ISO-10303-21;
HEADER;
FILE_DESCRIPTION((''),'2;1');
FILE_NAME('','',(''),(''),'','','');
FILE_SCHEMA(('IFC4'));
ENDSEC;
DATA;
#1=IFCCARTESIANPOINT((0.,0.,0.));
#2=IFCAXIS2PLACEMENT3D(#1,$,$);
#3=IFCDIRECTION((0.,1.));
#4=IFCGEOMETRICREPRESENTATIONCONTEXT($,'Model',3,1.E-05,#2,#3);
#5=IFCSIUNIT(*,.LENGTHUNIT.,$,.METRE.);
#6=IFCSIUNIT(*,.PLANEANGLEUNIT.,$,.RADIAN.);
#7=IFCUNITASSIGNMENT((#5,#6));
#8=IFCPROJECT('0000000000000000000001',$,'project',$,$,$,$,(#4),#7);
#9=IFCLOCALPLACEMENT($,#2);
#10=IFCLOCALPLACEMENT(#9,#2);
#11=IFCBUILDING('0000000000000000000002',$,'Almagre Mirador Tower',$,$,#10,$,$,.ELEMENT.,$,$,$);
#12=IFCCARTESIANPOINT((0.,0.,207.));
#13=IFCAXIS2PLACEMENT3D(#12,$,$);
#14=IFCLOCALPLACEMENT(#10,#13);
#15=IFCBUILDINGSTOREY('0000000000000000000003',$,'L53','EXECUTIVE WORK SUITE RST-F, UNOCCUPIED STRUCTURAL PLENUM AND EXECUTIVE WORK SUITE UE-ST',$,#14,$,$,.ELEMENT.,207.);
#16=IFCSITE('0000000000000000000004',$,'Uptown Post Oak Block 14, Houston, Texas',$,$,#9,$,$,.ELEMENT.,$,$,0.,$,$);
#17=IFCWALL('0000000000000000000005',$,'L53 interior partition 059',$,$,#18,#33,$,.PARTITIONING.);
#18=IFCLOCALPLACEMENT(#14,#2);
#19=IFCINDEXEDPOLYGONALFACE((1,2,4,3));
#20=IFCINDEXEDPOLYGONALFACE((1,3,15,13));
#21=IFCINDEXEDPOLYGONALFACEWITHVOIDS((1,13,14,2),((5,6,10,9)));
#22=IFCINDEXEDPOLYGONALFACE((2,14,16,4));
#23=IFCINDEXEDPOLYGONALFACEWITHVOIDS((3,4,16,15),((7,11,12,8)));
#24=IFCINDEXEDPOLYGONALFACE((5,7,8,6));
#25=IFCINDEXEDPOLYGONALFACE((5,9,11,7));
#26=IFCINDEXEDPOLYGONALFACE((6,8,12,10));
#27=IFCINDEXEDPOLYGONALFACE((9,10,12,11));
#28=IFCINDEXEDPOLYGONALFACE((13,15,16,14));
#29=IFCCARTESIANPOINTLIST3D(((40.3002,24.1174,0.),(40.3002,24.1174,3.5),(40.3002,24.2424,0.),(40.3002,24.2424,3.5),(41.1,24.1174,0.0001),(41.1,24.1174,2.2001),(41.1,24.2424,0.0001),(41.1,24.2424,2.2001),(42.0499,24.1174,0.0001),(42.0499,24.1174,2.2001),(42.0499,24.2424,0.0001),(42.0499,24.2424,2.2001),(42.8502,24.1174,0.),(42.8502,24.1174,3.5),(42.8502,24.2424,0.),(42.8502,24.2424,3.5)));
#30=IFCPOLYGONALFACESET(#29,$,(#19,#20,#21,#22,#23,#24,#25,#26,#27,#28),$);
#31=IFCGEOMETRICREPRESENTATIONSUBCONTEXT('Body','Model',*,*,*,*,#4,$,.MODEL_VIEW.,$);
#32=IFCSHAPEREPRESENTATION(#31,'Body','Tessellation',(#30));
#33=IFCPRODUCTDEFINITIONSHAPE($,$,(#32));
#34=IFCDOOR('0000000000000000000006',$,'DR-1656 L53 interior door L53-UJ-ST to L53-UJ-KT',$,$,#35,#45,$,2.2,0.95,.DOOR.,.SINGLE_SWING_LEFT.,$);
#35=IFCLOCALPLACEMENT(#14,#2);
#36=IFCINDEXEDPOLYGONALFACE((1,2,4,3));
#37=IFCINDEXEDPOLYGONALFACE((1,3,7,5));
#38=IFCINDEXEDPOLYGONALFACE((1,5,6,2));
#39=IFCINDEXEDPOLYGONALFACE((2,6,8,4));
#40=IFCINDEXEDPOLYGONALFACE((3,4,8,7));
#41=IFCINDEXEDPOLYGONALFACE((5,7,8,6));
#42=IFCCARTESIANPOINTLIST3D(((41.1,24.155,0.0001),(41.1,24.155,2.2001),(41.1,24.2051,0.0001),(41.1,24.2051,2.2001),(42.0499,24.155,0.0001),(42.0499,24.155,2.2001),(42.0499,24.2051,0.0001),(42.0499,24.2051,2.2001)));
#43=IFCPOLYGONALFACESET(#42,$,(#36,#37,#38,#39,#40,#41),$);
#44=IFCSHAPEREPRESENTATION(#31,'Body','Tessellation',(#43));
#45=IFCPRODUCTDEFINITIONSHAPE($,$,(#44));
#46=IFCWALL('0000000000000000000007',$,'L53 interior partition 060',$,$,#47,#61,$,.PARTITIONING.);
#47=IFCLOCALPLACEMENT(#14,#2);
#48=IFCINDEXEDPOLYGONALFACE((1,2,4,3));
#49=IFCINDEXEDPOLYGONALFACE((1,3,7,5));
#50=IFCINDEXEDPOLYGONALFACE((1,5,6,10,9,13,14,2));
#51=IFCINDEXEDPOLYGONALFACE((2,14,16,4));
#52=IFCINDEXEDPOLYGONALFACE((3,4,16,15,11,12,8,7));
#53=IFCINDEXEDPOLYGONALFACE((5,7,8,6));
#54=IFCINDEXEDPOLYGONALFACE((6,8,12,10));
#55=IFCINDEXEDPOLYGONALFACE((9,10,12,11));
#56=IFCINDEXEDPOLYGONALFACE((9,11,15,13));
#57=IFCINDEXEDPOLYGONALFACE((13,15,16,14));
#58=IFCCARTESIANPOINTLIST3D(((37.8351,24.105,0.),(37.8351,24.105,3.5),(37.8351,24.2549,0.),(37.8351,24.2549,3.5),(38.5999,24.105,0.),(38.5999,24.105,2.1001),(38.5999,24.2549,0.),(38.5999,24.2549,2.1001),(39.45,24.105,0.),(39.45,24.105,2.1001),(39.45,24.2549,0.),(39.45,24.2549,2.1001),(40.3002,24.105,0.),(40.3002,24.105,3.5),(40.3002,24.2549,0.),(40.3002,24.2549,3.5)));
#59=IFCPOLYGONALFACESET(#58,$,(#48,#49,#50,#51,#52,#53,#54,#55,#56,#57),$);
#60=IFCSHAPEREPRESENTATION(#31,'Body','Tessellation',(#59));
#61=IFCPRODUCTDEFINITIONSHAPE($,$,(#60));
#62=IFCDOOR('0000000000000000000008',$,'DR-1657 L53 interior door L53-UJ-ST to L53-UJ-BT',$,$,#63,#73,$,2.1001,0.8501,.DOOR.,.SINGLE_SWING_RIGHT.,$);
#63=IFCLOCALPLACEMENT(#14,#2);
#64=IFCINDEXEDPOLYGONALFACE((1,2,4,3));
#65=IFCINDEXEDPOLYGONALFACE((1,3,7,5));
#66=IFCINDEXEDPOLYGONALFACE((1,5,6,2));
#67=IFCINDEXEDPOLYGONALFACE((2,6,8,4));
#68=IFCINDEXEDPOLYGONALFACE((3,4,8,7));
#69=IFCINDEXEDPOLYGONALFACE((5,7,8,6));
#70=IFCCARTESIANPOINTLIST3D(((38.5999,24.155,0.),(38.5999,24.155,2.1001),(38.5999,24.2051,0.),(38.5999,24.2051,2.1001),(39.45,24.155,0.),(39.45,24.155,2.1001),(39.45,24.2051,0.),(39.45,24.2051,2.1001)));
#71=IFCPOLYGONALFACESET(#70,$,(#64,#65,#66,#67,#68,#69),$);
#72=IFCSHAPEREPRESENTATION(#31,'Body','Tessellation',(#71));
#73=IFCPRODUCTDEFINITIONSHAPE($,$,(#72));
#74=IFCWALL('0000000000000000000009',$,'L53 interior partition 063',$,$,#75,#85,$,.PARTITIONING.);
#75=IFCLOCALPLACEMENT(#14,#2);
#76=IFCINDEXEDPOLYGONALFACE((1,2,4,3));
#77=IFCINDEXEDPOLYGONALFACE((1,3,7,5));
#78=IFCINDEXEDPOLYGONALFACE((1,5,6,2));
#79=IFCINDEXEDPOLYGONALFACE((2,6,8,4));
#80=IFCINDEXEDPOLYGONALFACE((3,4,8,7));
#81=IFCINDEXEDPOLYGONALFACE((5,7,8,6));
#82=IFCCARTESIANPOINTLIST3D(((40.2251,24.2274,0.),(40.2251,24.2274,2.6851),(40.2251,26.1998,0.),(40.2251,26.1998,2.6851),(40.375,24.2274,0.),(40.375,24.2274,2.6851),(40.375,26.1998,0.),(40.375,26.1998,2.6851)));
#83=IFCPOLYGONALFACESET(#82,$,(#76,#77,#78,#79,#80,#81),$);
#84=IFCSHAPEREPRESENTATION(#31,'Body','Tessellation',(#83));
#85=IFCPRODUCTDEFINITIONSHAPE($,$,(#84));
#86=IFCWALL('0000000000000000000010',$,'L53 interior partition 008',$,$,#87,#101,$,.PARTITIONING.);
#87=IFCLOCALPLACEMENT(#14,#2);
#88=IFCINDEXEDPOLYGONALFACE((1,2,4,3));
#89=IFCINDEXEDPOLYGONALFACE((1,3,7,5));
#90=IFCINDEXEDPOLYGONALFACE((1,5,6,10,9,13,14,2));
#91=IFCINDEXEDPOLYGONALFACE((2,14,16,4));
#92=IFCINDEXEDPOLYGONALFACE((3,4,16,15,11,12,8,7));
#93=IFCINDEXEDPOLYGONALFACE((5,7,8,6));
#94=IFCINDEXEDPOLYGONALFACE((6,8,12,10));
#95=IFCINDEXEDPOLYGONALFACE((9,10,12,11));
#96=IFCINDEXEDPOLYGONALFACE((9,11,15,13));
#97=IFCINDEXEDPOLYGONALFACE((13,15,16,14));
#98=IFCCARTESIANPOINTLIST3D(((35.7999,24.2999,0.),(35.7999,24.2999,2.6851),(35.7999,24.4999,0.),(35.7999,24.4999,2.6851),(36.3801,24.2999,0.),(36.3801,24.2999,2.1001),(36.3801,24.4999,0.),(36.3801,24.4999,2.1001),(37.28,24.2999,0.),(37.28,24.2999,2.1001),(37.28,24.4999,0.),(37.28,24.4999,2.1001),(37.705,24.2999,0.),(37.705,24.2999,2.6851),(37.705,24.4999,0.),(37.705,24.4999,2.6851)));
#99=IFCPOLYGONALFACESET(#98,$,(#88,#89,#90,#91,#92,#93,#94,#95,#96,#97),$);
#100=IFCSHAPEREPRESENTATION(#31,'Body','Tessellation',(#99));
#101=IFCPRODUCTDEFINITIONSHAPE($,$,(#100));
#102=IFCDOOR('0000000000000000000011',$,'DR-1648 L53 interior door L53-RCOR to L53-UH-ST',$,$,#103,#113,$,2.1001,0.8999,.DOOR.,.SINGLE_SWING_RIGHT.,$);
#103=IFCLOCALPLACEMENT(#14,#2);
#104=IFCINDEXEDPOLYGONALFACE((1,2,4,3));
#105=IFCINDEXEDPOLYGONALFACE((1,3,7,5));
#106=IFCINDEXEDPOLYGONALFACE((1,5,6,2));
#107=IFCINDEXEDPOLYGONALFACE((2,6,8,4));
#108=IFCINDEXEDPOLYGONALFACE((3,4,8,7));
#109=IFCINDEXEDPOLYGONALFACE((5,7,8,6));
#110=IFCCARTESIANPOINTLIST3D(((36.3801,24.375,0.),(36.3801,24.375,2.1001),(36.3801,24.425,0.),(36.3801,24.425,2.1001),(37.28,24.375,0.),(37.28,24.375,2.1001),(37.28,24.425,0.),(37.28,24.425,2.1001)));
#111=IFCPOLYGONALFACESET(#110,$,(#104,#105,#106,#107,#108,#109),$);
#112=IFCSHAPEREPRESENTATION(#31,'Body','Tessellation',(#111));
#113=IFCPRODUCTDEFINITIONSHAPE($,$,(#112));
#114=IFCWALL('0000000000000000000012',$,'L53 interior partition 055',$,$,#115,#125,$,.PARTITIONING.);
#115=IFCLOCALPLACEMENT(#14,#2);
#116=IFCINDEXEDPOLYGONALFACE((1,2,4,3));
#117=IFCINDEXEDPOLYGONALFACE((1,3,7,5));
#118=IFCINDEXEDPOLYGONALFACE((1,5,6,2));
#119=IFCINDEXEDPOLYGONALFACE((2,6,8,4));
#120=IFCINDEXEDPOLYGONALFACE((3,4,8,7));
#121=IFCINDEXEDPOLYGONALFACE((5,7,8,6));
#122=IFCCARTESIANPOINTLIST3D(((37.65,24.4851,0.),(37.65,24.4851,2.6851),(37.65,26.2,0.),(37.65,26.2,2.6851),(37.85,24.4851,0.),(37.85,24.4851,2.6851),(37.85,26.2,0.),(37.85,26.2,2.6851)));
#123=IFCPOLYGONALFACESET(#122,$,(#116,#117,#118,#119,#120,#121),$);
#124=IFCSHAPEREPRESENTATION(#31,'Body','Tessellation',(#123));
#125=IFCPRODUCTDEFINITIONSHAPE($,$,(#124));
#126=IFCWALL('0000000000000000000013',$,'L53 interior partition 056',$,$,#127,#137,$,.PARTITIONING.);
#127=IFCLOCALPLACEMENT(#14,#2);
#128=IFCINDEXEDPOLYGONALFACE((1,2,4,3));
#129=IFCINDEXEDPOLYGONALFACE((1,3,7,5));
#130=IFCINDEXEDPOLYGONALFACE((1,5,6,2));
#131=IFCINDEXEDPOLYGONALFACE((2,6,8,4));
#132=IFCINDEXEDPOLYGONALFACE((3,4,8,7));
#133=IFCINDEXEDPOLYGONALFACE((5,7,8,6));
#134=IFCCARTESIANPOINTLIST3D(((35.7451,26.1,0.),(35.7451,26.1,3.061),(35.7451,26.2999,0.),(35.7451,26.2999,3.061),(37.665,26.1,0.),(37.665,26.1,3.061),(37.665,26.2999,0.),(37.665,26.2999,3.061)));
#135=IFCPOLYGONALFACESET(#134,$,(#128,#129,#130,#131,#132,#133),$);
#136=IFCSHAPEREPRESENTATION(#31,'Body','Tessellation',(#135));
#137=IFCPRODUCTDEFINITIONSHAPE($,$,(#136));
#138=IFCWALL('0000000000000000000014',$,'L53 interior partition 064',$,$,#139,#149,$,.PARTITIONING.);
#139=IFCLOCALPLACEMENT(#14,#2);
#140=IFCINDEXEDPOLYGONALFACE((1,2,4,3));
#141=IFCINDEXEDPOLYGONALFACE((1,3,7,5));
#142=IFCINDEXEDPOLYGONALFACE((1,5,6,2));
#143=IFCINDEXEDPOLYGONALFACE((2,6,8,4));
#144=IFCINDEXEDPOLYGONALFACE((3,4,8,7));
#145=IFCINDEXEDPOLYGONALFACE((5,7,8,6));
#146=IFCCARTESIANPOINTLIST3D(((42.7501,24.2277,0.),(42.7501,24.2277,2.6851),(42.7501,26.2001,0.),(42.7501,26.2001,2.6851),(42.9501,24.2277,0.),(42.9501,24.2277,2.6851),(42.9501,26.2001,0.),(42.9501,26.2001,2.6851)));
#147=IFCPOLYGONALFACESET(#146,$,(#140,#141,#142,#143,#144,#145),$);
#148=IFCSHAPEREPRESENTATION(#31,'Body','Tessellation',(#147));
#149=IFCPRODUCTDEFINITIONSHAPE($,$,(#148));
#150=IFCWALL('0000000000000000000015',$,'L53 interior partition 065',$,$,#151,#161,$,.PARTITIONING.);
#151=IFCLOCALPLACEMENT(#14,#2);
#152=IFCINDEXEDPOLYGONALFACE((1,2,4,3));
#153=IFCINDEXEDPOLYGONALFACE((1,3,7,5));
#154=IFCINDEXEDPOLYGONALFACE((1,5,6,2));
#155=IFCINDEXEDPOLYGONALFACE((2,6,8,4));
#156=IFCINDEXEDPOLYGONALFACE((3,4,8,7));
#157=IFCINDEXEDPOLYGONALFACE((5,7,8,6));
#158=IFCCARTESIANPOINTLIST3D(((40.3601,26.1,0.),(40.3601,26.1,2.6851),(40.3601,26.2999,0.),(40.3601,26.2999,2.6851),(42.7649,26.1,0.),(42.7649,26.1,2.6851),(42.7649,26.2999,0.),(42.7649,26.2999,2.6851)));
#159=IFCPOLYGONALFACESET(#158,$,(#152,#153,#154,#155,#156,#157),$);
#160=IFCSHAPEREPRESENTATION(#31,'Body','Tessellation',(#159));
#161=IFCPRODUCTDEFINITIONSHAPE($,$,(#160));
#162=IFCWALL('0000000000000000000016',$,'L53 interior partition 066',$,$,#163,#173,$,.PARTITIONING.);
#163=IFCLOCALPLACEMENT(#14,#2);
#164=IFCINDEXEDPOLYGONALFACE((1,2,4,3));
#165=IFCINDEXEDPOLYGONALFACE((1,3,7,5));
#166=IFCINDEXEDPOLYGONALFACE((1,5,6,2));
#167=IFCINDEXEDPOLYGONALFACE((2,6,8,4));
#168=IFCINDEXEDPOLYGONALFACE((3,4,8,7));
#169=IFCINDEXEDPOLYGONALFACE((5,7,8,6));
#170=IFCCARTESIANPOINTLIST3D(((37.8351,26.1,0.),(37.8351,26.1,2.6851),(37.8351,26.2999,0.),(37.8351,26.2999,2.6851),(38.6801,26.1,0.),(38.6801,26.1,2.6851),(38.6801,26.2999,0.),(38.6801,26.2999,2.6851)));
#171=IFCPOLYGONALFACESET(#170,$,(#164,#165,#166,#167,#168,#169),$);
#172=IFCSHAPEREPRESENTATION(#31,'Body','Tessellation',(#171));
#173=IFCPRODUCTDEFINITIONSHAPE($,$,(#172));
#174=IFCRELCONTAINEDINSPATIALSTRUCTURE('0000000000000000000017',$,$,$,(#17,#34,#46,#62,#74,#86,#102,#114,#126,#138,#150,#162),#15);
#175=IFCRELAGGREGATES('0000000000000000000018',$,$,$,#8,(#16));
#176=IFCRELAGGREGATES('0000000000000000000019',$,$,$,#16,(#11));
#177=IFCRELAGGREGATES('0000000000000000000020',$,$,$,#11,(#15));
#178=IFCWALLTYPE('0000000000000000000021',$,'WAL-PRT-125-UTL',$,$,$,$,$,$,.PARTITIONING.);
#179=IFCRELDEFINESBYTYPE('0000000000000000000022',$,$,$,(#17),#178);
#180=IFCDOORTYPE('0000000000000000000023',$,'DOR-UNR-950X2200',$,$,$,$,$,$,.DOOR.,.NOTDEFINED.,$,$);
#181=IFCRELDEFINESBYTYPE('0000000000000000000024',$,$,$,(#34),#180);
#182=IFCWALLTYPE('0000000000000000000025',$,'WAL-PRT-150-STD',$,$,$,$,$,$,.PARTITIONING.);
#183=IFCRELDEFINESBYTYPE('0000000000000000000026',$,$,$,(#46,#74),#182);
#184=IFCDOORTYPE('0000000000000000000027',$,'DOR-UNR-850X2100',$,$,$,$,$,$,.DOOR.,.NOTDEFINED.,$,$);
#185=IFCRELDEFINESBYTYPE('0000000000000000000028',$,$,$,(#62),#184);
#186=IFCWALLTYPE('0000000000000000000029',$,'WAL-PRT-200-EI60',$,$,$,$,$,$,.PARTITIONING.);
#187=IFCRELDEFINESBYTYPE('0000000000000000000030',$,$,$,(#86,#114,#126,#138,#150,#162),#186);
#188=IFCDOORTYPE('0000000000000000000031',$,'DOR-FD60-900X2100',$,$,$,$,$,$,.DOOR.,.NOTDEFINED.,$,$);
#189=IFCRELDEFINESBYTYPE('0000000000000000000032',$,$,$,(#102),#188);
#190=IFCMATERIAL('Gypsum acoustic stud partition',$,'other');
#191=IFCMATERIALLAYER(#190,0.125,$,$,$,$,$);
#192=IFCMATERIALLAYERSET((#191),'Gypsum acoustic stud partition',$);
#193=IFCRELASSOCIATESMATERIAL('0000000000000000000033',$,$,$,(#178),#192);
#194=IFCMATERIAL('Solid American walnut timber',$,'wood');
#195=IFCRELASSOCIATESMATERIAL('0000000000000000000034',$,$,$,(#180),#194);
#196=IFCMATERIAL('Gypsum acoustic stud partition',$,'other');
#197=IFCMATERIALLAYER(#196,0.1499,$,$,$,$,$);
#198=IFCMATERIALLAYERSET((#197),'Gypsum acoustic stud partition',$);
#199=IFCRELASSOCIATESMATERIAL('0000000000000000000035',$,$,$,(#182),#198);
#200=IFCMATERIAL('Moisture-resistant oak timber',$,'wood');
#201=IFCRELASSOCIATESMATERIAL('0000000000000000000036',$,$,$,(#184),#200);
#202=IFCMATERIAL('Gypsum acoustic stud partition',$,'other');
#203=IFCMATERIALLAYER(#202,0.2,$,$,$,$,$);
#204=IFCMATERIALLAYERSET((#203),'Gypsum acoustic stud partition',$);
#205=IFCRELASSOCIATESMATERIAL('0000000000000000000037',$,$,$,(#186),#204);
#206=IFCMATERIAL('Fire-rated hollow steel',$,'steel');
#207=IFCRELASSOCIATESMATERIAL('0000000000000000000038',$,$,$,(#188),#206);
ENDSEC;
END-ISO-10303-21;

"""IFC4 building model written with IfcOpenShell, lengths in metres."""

from ifc_helpers import new_model, si_unit, direction, frame, frame_2d, origin, place, context, subcontext, project, spatial, rectangle, extrude, material, layer, layer_set, type_object, element, fill, save


model = new_model("IFC4")

# Units and contexts
model_context = context("Model", 3, precision=1e-05, world=origin(), true_north=direction((0.0, 1.0)))
body_context = subcontext(model_context, "Body", "Model", "MODEL_VIEW")
ifc_project = project(units=[si_unit("LENGTHUNIT", "METRE"), si_unit("PLANEANGLEUNIT", "RADIAN")], contexts=[model_context])

# Site, building, storey
site_placement = place(None, origin())
site = spatial("IfcSite", under=ifc_project, at=site_placement, Name="Uptown Post Oak Block 14, Houston, Texas", CompositionType="ELEMENT", RefElevation=0.0)
building_placement = place(site_placement, origin())
building = spatial("IfcBuilding", under=site, at=building_placement, Name="Almagre Mirador Tower", CompositionType="ELEMENT")
storey_placement = place(building_placement, frame((0.0, 0.0, 207.0)))
storey = spatial("IfcBuildingStorey", under=building, at=storey_placement, Name="L53", Description="EXECUTIVE WORK SUITE RST-F, UNOCCUPIED STRUCTURAL PLENUM AND EXECUTIVE WORK SUITE UE-ST", CompositionType="ELEMENT", Elevation=207.0)

# Walls, openings, doors
ifc_material_1 = material(Name="Gypsum acoustic stud partition", Category="other")
ifc_layer_1 = layer(ifc_material_1, 0.125)
ifc_layer_set_1 = layer_set([ifc_layer_1], Name="Gypsum acoustic stud partition")
wall_type_1 = type_object("IfcWallType", Name="WAL-PRT-125-UTL", PredefinedType="PARTITIONING", material=ifc_layer_set_1)
wall_1_placement = place(storey_placement, frame((42.8501, 24.1799, 0.0), z_axis=(0.0, 0.0, 1.0), x_axis=(-1.0, 0.0, 0.0)))
wall_1 = element("IfcWall", 1, at=wall_1_placement, inside=storey, type_object=wall_type_1, Name="L53 interior partition 059", PredefinedType="PARTITIONING", context=body_context, shape_type="SweptSolid", body=[
    extrude(rectangle(XDim=2.55, YDim=0.125, at=frame_2d((1.2749, 0.0))), origin(), (0.0, 0.0, 1.0), 3.5),
])
opening_1_placement = place(wall_1_placement, frame((0.8, 0.0, 0.0)))
opening_1 = element("IfcOpeningElement", 2, at=opening_1_placement, cuts=wall_1, PredefinedType="OPENING", context=body_context, shape_type="SweptSolid", body=[
    extrude(rectangle(XDim=0.95, YDim=2.2, at=frame_2d((0.4751, 1.1001))), frame((0.0, 0.0725, 0.0), z_axis=(0.0, -1.0, 0.0), x_axis=(1.0, 0.0, 0.0)), (0.0, 0.0, 1.0), 0.145),
])
ifc_material_2 = material(Name="Solid American walnut timber", Category="wood")
door_type_1 = type_object("IfcDoorType", Name="DOR-UNR-950X2200", OperationType="NOTDEFINED", PredefinedType="DOOR", material=ifc_material_2)
door_1_placement = place(opening_1_placement, origin())
door_1 = element("IfcDoor", 3, at=door_1_placement, inside=storey, type_object=door_type_1, Name="DR-1656 L53 interior door L53-UJ-ST to L53-UJ-KT", OperationType="SINGLE_SWING_LEFT", OverallHeight=2.2, OverallWidth=0.95, PredefinedType="DOOR", context=body_context, shape_type="SweptSolid", body=[
    extrude(rectangle(XDim=0.95, YDim=2.2, at=frame_2d((0.4751, 1.1001))), frame((0.0, 0.0249, 0.0), z_axis=(0.0, -1.0, 0.0), x_axis=(1.0, 0.0, 0.0)), (0.0, 0.0, 1.0), 0.05),
])
fill(opening_1, door_1)
ifc_material_3 = material(Name="Gypsum acoustic stud partition", Category="other")
ifc_layer_2 = layer(ifc_material_3, 0.1499)
ifc_layer_set_2 = layer_set([ifc_layer_2], Name="Gypsum acoustic stud partition")
wall_type_2 = type_object("IfcWallType", Name="WAL-PRT-150-STD", PredefinedType="PARTITIONING", material=ifc_layer_set_2)
wall_2_placement = place(storey_placement, frame((40.3, 24.1799, 0.0), z_axis=(0.0, 0.0, 1.0), x_axis=(-1.0, 0.0, 0.0)))
wall_2 = element("IfcWall", 4, at=wall_2_placement, inside=storey, type_object=wall_type_2, Name="L53 interior partition 060", PredefinedType="PARTITIONING", context=body_context, shape_type="SweptSolid", body=[
    extrude(rectangle(XDim=2.4651, YDim=0.1499, at=frame_2d((1.2324, 0.0))), origin(), (0.0, 0.0, 1.0), 3.5),
])
opening_2_placement = place(wall_2_placement, frame((0.8501, 0.0, 0.0)))
opening_2 = element("IfcOpeningElement", 5, at=opening_2_placement, cuts=wall_2, PredefinedType="OPENING", context=body_context, shape_type="SweptSolid", body=[
    extrude(rectangle(XDim=0.8501, YDim=2.1001, at=frame_2d((0.425, 1.05))), frame((0.0, 0.085, 0.0), z_axis=(0.0, -1.0, 0.0), x_axis=(1.0, 0.0, 0.0)), (0.0, 0.0, 1.0), 0.1699),
])
ifc_material_4 = material(Name="Moisture-resistant oak timber", Category="wood")
door_type_2 = type_object("IfcDoorType", Name="DOR-UNR-850X2100", OperationType="NOTDEFINED", PredefinedType="DOOR", material=ifc_material_4)
door_2_placement = place(opening_2_placement, origin())
door_2 = element("IfcDoor", 6, at=door_2_placement, inside=storey, type_object=door_type_2, Name="DR-1657 L53 interior door L53-UJ-ST to L53-UJ-BT", OperationType="SINGLE_SWING_RIGHT", OverallHeight=2.1001, OverallWidth=0.8501, PredefinedType="DOOR", context=body_context, shape_type="SweptSolid", body=[
    extrude(rectangle(XDim=0.8501, YDim=2.1001, at=frame_2d((0.425, 1.05))), frame((0.0, 0.0249, 0.0), z_axis=(0.0, -1.0, 0.0), x_axis=(1.0, 0.0, 0.0)), (0.0, 0.0, 1.0), 0.05),
])
fill(opening_2, door_2)

# Wall
wall_3_placement = place(storey_placement, frame((40.3, 26.2, 0.0), z_axis=(0.0, 0.0, 1.0), x_axis=(0.0, -1.0, 0.0)))
element("IfcWall", 7, at=wall_3_placement, inside=storey, type_object=wall_type_2, Name="L53 interior partition 063", PredefinedType="PARTITIONING", context=body_context, shape_type="SweptSolid", body=[
    extrude(rectangle(XDim=1.9724, YDim=0.1499, at=frame_2d((0.9863, 0.0))), origin(), (0.0, 0.0, 1.0), 2.6851),
])

# Wall, opening, door
ifc_material_5 = material(Name="Gypsum acoustic stud partition", Category="other")
ifc_layer_3 = layer(ifc_material_5, 0.2)
ifc_layer_set_3 = layer_set([ifc_layer_3], Name="Gypsum acoustic stud partition")
wall_type_3 = type_object("IfcWallType", Name="WAL-PRT-200-EI60", PredefinedType="PARTITIONING", material=ifc_layer_set_3)
wall_4_placement = place(storey_placement, frame((37.7051, 24.3999, 0.0), z_axis=(0.0, 0.0, 1.0), x_axis=(-1.0, 0.0, 0.0)))
wall_4 = element("IfcWall", 8, at=wall_4_placement, inside=storey, type_object=wall_type_3, Name="L53 interior partition 008", PredefinedType="PARTITIONING", context=body_context, shape_type="SweptSolid", body=[
    extrude(rectangle(XDim=1.905, YDim=0.2, at=frame_2d((0.9526, 0.0))), origin(), (0.0, 0.0, 1.0), 2.6851),
])
opening_3_placement = place(wall_4_placement, frame((0.425, 0.0, 0.0)))
opening_3 = element("IfcOpeningElement", 9, at=opening_3_placement, cuts=wall_4, PredefinedType="OPENING", context=body_context, shape_type="SweptSolid", body=[
    extrude(rectangle(XDim=0.8999, YDim=2.1001, at=frame_2d((0.45, 1.05))), frame((0.0, 0.1101, 0.0), z_axis=(0.0, -1.0, 0.0), x_axis=(1.0, 0.0, 0.0)), (0.0, 0.0, 1.0), 0.22),
])
ifc_material_6 = material(Name="Fire-rated hollow steel", Category="steel")
door_type_3 = type_object("IfcDoorType", Name="DOR-FD60-900X2100", OperationType="NOTDEFINED", PredefinedType="DOOR", material=ifc_material_6)
door_3_placement = place(opening_3_placement, origin())
door_3 = element("IfcDoor", 10, at=door_3_placement, inside=storey, type_object=door_type_3, Name="DR-1648 L53 interior door L53-RCOR to L53-UH-ST", OperationType="SINGLE_SWING_RIGHT", OverallHeight=2.1001, OverallWidth=0.8999, PredefinedType="DOOR", context=body_context, shape_type="SweptSolid", body=[
    extrude(rectangle(XDim=0.8999, YDim=2.1001, at=frame_2d((0.45, 1.05))), frame((0.0, 0.0249, 0.0), z_axis=(0.0, -1.0, 0.0), x_axis=(1.0, 0.0, 0.0)), (0.0, 0.0, 1.0), 0.05),
])
fill(opening_3, door_3)

# Walls
wall_5_placement = place(storey_placement, frame((37.75, 24.4851, 0.0), z_axis=(0.0, 0.0, 1.0), x_axis=(0.0, 1.0, 0.0)))
element("IfcWall", 11, at=wall_5_placement, inside=storey, type_object=wall_type_3, Name="L53 interior partition 055", PredefinedType="PARTITIONING", context=body_context, shape_type="SweptSolid", body=[
    extrude(rectangle(XDim=1.7148, YDim=0.2, at=frame_2d((0.8574, 0.0))), origin(), (0.0, 0.0, 1.0), 2.6851),
])
wall_6_placement = place(storey_placement, frame((37.665, 26.2, 0.0), z_axis=(0.0, 0.0, 1.0), x_axis=(-1.0, 0.0, 0.0)))
element("IfcWall", 12, at=wall_6_placement, inside=storey, type_object=wall_type_3, Name="L53 interior partition 056", PredefinedType="PARTITIONING", context=body_context, shape_type="SweptSolid", body=[
    extrude(rectangle(XDim=1.9199, YDim=0.2, at=frame_2d((0.96, 0.0))), origin(), (0.0, 0.0, 1.0), 3.061),
])
wall_7_placement = place(storey_placement, frame((42.8501, 24.2275, 0.0), z_axis=(0.0, 0.0, 1.0), x_axis=(0.0, 1.0, 0.0)))
element("IfcWall", 13, at=wall_7_placement, inside=storey, type_object=wall_type_3, Name="L53 interior partition 064", PredefinedType="PARTITIONING", context=body_context, shape_type="SweptSolid", body=[
    extrude(rectangle(XDim=1.9724, YDim=0.2, at=frame_2d((0.9863, 0.0))), origin(), (0.0, 0.0, 1.0), 2.6851),
])
wall_8_placement = place(storey_placement, frame((42.7649, 26.2, 0.0), z_axis=(0.0, 0.0, 1.0), x_axis=(-1.0, 0.0, 0.0)))
element("IfcWall", 14, at=wall_8_placement, inside=storey, type_object=wall_type_3, Name="L53 interior partition 065", PredefinedType="PARTITIONING", context=body_context, shape_type="SweptSolid", body=[
    extrude(rectangle(XDim=2.4048, YDim=0.2, at=frame_2d((1.2024, 0.0))), origin(), (0.0, 0.0, 1.0), 2.6851),
])
wall_9_placement = place(storey_placement, frame((38.6799, 26.2, 0.0), z_axis=(0.0, 0.0, 1.0), x_axis=(-1.0, 0.0, 0.0)))
element("IfcWall", 15, at=wall_9_placement, inside=storey, type_object=wall_type_3, Name="L53 interior partition 066", PredefinedType="PARTITIONING", context=body_context, shape_type="SweptSolid", body=[
    extrude(rectangle(XDim=0.845, YDim=0.2, at=frame_2d((0.4224, 0.0))), origin(), (0.0, 0.0, 1.0), 2.6851),
])

save(model, "model.ifc")
